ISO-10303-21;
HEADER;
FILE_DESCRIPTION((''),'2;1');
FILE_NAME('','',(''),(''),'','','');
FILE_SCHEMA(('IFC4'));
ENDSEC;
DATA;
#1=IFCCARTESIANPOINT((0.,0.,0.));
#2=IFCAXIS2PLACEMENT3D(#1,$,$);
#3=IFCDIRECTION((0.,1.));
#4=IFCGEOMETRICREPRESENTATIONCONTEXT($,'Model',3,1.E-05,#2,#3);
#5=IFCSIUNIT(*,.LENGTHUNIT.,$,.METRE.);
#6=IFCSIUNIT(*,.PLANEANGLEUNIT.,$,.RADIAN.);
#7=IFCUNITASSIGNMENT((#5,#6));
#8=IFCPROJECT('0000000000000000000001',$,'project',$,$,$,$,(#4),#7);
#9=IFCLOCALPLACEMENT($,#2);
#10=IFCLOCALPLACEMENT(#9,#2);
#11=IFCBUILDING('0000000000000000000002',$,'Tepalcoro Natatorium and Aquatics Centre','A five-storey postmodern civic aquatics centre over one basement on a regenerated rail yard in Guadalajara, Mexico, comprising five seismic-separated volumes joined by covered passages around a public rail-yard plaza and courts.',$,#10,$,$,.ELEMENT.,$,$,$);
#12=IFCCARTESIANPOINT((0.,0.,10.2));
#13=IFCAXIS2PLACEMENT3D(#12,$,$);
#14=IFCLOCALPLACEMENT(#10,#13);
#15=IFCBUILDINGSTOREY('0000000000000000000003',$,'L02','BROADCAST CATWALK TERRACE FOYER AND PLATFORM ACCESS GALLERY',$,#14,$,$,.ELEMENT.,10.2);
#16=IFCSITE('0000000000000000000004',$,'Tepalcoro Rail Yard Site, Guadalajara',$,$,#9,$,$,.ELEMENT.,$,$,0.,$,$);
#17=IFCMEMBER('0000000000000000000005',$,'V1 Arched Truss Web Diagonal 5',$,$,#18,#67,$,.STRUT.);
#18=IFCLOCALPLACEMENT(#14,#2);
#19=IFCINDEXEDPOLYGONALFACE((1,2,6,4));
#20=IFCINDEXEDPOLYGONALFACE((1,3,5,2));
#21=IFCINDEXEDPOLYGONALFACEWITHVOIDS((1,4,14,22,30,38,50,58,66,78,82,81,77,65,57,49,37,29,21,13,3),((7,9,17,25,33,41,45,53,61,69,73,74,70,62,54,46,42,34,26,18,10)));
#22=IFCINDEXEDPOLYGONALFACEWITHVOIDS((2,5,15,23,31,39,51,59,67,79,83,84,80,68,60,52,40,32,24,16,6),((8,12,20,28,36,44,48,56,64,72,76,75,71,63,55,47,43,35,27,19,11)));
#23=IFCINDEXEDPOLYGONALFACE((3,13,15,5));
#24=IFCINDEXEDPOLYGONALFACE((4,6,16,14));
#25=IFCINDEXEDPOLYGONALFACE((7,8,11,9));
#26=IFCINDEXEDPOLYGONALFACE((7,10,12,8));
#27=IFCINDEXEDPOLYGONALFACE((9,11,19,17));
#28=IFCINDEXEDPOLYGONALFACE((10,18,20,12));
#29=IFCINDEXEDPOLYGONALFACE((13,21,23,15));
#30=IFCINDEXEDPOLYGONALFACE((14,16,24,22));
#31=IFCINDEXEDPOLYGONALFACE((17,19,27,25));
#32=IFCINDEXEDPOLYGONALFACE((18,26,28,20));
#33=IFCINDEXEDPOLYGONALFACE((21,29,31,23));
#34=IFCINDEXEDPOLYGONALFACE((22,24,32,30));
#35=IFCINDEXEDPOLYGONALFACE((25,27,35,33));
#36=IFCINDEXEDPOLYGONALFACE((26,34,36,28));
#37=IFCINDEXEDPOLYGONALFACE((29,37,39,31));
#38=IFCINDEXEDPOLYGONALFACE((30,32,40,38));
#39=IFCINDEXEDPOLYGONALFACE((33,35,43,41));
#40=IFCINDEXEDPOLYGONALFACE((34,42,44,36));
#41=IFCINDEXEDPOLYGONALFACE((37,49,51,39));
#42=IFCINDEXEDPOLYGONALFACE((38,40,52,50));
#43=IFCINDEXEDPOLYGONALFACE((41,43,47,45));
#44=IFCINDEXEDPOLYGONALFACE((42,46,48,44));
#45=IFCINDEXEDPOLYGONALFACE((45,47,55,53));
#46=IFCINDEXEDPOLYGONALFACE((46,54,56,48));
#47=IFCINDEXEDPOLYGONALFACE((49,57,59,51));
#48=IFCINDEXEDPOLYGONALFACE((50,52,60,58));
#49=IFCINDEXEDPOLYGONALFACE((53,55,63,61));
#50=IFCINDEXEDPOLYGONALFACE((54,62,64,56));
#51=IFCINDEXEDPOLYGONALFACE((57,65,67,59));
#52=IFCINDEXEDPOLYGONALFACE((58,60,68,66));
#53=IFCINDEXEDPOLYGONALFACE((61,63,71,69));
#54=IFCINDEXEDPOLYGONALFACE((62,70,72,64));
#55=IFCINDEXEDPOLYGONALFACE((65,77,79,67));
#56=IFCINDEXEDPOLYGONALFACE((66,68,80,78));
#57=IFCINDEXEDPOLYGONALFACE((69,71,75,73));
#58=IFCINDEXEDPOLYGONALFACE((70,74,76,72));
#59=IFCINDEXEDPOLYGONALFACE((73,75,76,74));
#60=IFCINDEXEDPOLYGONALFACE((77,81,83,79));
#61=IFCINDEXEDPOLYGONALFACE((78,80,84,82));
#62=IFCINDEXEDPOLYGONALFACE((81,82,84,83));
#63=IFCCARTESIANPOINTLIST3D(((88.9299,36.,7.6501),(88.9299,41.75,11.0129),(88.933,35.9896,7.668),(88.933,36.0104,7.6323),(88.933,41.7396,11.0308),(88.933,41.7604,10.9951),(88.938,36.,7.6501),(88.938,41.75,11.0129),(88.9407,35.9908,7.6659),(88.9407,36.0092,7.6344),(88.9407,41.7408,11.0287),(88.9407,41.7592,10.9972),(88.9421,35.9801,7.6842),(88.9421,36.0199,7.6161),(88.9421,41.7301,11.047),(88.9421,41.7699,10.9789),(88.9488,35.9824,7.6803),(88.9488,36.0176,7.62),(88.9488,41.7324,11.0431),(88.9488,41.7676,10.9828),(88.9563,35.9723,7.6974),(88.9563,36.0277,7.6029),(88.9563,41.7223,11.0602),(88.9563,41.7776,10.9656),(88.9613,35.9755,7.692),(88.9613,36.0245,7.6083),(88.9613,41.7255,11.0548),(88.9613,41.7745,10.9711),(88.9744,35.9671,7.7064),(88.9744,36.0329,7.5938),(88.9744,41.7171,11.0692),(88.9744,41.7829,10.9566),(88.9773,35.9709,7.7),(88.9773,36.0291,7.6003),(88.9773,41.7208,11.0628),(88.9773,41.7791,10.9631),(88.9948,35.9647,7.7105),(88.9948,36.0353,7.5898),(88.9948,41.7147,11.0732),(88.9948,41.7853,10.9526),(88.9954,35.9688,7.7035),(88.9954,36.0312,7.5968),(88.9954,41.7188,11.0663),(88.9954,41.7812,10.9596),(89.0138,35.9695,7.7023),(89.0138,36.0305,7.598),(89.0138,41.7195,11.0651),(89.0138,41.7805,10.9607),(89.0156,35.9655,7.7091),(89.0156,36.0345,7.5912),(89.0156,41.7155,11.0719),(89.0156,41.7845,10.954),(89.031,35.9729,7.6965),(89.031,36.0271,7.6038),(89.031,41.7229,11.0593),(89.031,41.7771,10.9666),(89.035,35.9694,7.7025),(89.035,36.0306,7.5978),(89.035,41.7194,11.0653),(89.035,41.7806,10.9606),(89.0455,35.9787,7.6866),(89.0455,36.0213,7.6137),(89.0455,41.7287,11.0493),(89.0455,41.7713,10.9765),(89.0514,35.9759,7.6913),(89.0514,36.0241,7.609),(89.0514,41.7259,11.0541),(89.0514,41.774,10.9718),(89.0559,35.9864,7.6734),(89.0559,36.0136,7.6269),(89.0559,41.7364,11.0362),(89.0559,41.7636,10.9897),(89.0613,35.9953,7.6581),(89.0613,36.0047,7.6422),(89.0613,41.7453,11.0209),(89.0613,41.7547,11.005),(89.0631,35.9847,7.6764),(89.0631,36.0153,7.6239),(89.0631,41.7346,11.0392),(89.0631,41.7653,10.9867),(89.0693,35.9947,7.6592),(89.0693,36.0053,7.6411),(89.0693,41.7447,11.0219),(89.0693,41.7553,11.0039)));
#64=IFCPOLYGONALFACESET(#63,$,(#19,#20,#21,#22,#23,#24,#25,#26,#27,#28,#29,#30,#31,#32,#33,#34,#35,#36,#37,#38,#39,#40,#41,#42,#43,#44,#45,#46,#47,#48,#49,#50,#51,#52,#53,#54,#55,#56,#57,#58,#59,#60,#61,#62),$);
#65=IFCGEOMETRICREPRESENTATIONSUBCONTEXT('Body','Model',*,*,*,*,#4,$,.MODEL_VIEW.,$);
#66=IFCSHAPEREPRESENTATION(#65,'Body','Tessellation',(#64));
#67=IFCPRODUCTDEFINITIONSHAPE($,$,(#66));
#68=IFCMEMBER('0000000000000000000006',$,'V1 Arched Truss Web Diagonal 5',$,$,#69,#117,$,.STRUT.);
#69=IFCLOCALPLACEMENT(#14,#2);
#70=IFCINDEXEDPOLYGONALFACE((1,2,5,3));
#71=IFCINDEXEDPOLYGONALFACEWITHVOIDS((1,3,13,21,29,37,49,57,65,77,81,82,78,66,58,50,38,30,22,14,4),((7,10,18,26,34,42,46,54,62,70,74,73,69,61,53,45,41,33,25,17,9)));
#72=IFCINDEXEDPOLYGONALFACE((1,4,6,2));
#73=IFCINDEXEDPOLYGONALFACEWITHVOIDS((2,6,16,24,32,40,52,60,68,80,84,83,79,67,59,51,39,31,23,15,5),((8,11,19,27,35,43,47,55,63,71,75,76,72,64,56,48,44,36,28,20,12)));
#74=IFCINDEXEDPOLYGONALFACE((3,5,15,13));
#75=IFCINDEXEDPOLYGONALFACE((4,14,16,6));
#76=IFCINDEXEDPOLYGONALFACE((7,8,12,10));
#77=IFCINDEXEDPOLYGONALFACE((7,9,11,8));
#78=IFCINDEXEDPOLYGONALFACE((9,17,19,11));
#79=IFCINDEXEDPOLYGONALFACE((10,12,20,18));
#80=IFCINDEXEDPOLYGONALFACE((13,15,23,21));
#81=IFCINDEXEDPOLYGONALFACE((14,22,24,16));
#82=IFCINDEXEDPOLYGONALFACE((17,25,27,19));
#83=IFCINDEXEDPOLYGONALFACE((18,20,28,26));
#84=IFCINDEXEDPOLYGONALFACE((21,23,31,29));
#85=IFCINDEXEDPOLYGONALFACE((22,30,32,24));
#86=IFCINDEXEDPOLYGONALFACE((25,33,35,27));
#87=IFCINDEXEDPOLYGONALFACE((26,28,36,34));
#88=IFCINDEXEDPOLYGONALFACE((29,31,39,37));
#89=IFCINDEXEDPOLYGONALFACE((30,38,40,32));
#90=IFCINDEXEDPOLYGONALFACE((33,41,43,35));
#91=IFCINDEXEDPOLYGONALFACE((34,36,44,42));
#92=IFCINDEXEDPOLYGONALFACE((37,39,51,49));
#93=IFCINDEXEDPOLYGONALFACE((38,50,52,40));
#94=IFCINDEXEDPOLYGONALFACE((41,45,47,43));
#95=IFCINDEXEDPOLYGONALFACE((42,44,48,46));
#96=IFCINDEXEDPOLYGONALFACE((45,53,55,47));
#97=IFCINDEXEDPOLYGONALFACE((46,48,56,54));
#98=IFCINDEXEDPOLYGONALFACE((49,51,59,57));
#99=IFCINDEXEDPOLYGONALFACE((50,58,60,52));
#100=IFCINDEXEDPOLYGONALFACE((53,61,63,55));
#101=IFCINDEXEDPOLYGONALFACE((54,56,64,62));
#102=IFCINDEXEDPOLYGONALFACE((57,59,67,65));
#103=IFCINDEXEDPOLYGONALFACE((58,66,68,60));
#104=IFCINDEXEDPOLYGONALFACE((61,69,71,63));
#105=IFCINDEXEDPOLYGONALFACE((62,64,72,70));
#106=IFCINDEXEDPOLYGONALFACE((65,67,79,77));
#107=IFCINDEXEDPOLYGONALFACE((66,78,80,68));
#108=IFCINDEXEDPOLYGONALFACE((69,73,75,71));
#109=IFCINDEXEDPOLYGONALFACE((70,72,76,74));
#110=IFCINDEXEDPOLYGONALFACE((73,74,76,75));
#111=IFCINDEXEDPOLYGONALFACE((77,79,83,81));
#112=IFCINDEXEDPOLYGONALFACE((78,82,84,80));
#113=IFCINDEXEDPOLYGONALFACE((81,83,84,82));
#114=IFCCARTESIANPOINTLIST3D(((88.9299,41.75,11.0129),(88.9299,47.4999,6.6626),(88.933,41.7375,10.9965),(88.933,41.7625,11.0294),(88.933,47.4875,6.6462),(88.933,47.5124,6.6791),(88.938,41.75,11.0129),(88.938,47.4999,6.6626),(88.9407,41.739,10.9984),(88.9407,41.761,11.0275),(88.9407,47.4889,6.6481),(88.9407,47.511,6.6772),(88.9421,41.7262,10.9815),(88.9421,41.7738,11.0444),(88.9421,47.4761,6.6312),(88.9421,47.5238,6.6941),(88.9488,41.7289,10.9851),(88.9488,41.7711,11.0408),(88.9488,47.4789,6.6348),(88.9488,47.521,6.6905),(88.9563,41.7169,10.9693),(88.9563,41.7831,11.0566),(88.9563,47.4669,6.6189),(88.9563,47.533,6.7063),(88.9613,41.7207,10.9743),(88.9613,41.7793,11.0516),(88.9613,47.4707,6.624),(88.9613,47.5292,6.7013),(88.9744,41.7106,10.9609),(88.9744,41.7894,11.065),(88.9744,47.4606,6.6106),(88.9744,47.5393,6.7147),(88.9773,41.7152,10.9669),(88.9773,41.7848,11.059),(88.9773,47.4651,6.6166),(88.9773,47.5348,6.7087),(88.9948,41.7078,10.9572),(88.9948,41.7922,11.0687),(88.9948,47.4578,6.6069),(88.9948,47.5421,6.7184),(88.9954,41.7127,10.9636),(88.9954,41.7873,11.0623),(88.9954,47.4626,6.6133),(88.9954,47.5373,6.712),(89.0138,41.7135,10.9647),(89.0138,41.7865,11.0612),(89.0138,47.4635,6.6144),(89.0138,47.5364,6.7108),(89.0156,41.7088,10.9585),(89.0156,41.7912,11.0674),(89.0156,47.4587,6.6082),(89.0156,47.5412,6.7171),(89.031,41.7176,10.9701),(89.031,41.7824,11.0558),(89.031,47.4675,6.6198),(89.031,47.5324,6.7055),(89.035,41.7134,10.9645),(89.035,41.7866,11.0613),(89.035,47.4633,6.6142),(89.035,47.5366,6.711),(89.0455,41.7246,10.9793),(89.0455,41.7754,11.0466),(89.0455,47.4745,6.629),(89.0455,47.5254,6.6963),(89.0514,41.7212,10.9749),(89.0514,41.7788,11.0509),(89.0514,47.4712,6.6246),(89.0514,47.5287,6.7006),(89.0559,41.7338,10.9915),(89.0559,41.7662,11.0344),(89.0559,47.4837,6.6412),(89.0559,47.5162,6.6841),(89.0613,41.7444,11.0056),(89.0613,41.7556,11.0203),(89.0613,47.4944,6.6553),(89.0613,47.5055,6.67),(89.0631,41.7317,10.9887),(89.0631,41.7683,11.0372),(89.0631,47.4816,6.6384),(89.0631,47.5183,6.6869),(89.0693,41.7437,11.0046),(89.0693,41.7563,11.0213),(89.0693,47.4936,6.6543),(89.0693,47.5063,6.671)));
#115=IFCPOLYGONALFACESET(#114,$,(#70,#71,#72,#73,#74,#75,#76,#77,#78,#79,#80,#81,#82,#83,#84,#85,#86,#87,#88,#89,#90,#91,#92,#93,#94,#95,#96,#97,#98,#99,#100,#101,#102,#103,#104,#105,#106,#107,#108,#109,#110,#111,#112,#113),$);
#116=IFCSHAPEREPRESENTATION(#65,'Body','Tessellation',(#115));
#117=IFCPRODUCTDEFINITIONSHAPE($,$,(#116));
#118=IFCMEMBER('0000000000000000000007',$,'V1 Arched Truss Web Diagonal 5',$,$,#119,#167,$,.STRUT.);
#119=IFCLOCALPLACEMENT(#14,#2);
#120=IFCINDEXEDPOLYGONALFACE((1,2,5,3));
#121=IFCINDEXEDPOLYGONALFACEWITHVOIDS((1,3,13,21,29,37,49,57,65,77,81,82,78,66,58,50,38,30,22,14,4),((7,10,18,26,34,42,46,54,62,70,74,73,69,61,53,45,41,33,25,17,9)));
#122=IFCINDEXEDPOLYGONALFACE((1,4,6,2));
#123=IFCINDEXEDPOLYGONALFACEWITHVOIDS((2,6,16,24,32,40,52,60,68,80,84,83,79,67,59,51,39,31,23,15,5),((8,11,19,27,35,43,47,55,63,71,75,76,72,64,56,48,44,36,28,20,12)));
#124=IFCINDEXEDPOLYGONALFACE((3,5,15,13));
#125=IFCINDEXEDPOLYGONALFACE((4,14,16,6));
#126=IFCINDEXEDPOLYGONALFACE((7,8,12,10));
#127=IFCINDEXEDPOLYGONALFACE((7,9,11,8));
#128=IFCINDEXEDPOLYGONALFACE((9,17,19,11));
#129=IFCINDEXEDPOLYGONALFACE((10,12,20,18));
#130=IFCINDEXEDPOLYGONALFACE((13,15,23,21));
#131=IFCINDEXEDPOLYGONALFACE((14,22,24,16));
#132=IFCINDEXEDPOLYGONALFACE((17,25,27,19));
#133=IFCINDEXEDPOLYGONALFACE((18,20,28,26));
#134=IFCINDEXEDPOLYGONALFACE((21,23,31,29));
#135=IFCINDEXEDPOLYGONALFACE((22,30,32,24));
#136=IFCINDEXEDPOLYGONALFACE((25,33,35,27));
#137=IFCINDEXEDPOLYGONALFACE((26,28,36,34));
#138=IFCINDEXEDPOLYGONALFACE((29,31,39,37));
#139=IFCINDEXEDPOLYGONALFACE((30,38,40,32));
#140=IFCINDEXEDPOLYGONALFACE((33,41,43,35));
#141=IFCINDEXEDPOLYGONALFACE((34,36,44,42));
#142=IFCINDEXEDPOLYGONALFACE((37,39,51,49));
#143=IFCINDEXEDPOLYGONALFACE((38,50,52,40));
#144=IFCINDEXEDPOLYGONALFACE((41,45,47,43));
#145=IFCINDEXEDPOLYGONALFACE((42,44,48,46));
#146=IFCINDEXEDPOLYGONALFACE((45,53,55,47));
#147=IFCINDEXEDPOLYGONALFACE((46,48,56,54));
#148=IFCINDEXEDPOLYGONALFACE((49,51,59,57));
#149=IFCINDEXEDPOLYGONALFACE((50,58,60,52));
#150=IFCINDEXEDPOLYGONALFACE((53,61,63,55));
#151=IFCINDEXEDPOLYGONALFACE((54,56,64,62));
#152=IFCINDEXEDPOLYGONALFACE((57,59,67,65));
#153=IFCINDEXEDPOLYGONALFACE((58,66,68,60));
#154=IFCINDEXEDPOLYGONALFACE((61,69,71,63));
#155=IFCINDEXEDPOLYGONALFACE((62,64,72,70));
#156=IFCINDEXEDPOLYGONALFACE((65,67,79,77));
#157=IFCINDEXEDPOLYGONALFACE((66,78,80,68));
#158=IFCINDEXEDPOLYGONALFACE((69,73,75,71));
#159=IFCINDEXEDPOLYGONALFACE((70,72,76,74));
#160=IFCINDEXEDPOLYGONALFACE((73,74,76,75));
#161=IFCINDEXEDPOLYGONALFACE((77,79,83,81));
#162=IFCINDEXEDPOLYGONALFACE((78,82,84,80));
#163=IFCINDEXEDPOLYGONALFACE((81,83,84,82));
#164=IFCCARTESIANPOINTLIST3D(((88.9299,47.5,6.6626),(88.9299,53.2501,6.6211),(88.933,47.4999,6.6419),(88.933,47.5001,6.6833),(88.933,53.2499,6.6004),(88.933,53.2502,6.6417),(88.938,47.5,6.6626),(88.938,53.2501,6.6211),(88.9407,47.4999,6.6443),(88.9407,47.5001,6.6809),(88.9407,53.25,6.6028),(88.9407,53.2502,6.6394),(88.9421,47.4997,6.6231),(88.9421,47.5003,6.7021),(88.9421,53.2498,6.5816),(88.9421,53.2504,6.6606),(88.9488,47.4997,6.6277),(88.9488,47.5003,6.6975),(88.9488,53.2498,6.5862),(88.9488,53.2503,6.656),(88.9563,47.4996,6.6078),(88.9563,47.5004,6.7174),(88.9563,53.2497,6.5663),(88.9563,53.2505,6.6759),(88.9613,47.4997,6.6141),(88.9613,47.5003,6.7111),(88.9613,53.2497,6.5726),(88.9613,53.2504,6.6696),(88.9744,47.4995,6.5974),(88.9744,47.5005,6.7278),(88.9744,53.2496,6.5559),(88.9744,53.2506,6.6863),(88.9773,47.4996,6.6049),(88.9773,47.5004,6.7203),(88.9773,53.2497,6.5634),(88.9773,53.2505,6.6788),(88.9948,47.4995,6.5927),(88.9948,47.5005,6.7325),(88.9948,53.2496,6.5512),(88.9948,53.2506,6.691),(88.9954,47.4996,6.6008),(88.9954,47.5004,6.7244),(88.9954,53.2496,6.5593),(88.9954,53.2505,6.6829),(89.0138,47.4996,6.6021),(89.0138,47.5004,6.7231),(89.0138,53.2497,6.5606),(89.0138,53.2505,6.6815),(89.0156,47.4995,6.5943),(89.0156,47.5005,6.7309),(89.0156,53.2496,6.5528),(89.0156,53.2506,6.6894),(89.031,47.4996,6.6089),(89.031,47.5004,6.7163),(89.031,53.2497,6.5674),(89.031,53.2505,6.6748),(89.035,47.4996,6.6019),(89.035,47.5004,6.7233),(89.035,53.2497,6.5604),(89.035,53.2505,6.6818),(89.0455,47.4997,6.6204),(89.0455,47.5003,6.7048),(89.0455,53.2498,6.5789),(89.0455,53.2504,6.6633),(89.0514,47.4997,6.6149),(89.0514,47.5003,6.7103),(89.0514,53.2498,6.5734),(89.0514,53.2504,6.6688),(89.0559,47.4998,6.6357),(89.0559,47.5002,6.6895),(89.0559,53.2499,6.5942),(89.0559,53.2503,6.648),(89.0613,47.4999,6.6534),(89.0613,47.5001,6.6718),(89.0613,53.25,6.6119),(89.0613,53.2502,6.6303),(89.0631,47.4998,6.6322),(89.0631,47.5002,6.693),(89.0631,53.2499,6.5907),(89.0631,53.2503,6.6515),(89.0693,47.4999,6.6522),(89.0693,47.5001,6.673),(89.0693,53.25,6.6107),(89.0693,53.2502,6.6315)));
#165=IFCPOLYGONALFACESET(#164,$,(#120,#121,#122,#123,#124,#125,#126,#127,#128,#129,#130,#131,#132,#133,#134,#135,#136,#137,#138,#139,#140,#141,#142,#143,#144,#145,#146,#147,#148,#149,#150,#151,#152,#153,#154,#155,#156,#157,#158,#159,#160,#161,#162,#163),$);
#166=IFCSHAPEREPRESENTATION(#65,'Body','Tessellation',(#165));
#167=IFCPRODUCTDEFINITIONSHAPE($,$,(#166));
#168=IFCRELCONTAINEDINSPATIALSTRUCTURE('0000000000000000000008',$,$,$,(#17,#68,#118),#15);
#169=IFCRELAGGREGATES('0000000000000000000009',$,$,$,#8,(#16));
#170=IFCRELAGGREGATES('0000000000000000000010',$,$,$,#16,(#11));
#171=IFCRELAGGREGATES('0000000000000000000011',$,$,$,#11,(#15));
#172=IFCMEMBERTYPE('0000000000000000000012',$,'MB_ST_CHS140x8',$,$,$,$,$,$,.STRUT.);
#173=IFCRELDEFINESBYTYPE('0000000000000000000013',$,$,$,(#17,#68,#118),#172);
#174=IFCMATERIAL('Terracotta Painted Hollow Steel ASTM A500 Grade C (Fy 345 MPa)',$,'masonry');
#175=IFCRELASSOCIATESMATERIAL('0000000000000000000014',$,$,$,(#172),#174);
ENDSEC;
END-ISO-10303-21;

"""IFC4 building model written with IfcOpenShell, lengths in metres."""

from ifc_helpers import new_model, si_unit, direction, frame, origin, origin_2d, place, context, subcontext, project, spatial, hollow_circle, extrude, material, material_profile, profile_set, type_object, element, save


model = new_model("IFC4")

# Units and contexts
model_context = context("Model", 3, precision=1e-05, world=origin(), true_north=direction((0.0, 1.0)))
body_context = subcontext(model_context, "Body", "Model", "MODEL_VIEW")
ifc_project = project(units=[si_unit("LENGTHUNIT", "METRE"), si_unit("PLANEANGLEUNIT", "RADIAN")], contexts=[model_context])

# Site, building, storey
site_placement = place(None, origin())
site = spatial("IfcSite", under=ifc_project, at=site_placement, Name="Tepalcoro Rail Yard Site, Guadalajara", CompositionType="ELEMENT", RefElevation=0.0)
building_placement = place(site_placement, origin())
building = spatial("IfcBuilding", under=site, at=building_placement, Name="Tepalcoro Natatorium and Aquatics Centre", Description="A five-storey postmodern civic aquatics centre over one basement on a regenerated rail yard in Guadalajara, Mexico, comprising five seismic-separated volumes joined by covered passages around a public rail-yard plaza and courts.", CompositionType="ELEMENT")
storey_placement = place(building_placement, frame((0.0, 0.0, 10.2)))
storey = spatial("IfcBuildingStorey", under=building, at=storey_placement, Name="L02", Description="BROADCAST CATWALK TERRACE FOYER AND PLATFORM ACCESS GALLERY", CompositionType="ELEMENT", Elevation=10.2)

# Shared definitions
ifc_material_1 = material(Name="Terracotta Painted Hollow Steel ASTM A500 Grade C (Fy 345 MPa)", Category="masonry")

# Members
ifc_material_profile_1 = material_profile(ifc_material_1, hollow_circle(Radius=0.0701, WallThickness=0.0081, at=origin_2d()), Name="CHS140X8")
ifc_profile_set_1 = profile_set([ifc_material_profile_1], Name="Terracotta Painted Hollow Steel ASTM A500 Grade C (Fy 345 MPa)")
member_type_1 = type_object("IfcMemberType", Name="MB_ST_CHS140x8", PredefinedType="STRUT", material=ifc_profile_set_1)
member_1_placement = place(storey_placement, frame((89.0, 36.0, 7.6501), z_axis=(0.0, 0.863215, 0.504837), x_axis=(-1.0, 0.0, 0.0)))
element("IfcMember", 1, at=member_1_placement, inside=storey, type_object=member_type_1, Name="V1 Arched Truss Web Diagonal 5", PredefinedType="STRUT", context=body_context, shape_type="SweptSolid", body=[
    extrude(hollow_circle(Radius=0.0701, WallThickness=0.0081, at=origin_2d()), origin(), (0.0, 0.0, 1.0), 6.6611),
])
member_2_placement = place(storey_placement, frame((89.0, 41.75, 11.0129), z_axis=(0.0, 0.797474, -0.603354), x_axis=(-1.0, 0.0, 0.0)))
element("IfcMember", 2, at=member_2_placement, inside=storey, type_object=member_type_1, Name="V1 Arched Truss Web Diagonal 5", PredefinedType="STRUT", context=body_context, shape_type="SweptSolid", body=[
    extrude(hollow_circle(Radius=0.0701, WallThickness=0.0081, at=origin_2d()), origin(), (0.0, 0.0, 1.0), 7.2102),
])
member_3_placement = place(storey_placement, frame((89.0, 47.5, 6.6626), z_axis=(0.0, 0.999974, -0.007218), x_axis=(-1.0, 0.0, 0.0)))
element("IfcMember", 3, at=member_3_placement, inside=storey, type_object=member_type_1, Name="V1 Arched Truss Web Diagonal 5", PredefinedType="STRUT", context=body_context, shape_type="SweptSolid", body=[
    extrude(hollow_circle(Radius=0.0701, WallThickness=0.0081, at=origin_2d()), origin(), (0.0, 0.0, 1.0), 5.7502),
])

save(model, "model.ifc")
